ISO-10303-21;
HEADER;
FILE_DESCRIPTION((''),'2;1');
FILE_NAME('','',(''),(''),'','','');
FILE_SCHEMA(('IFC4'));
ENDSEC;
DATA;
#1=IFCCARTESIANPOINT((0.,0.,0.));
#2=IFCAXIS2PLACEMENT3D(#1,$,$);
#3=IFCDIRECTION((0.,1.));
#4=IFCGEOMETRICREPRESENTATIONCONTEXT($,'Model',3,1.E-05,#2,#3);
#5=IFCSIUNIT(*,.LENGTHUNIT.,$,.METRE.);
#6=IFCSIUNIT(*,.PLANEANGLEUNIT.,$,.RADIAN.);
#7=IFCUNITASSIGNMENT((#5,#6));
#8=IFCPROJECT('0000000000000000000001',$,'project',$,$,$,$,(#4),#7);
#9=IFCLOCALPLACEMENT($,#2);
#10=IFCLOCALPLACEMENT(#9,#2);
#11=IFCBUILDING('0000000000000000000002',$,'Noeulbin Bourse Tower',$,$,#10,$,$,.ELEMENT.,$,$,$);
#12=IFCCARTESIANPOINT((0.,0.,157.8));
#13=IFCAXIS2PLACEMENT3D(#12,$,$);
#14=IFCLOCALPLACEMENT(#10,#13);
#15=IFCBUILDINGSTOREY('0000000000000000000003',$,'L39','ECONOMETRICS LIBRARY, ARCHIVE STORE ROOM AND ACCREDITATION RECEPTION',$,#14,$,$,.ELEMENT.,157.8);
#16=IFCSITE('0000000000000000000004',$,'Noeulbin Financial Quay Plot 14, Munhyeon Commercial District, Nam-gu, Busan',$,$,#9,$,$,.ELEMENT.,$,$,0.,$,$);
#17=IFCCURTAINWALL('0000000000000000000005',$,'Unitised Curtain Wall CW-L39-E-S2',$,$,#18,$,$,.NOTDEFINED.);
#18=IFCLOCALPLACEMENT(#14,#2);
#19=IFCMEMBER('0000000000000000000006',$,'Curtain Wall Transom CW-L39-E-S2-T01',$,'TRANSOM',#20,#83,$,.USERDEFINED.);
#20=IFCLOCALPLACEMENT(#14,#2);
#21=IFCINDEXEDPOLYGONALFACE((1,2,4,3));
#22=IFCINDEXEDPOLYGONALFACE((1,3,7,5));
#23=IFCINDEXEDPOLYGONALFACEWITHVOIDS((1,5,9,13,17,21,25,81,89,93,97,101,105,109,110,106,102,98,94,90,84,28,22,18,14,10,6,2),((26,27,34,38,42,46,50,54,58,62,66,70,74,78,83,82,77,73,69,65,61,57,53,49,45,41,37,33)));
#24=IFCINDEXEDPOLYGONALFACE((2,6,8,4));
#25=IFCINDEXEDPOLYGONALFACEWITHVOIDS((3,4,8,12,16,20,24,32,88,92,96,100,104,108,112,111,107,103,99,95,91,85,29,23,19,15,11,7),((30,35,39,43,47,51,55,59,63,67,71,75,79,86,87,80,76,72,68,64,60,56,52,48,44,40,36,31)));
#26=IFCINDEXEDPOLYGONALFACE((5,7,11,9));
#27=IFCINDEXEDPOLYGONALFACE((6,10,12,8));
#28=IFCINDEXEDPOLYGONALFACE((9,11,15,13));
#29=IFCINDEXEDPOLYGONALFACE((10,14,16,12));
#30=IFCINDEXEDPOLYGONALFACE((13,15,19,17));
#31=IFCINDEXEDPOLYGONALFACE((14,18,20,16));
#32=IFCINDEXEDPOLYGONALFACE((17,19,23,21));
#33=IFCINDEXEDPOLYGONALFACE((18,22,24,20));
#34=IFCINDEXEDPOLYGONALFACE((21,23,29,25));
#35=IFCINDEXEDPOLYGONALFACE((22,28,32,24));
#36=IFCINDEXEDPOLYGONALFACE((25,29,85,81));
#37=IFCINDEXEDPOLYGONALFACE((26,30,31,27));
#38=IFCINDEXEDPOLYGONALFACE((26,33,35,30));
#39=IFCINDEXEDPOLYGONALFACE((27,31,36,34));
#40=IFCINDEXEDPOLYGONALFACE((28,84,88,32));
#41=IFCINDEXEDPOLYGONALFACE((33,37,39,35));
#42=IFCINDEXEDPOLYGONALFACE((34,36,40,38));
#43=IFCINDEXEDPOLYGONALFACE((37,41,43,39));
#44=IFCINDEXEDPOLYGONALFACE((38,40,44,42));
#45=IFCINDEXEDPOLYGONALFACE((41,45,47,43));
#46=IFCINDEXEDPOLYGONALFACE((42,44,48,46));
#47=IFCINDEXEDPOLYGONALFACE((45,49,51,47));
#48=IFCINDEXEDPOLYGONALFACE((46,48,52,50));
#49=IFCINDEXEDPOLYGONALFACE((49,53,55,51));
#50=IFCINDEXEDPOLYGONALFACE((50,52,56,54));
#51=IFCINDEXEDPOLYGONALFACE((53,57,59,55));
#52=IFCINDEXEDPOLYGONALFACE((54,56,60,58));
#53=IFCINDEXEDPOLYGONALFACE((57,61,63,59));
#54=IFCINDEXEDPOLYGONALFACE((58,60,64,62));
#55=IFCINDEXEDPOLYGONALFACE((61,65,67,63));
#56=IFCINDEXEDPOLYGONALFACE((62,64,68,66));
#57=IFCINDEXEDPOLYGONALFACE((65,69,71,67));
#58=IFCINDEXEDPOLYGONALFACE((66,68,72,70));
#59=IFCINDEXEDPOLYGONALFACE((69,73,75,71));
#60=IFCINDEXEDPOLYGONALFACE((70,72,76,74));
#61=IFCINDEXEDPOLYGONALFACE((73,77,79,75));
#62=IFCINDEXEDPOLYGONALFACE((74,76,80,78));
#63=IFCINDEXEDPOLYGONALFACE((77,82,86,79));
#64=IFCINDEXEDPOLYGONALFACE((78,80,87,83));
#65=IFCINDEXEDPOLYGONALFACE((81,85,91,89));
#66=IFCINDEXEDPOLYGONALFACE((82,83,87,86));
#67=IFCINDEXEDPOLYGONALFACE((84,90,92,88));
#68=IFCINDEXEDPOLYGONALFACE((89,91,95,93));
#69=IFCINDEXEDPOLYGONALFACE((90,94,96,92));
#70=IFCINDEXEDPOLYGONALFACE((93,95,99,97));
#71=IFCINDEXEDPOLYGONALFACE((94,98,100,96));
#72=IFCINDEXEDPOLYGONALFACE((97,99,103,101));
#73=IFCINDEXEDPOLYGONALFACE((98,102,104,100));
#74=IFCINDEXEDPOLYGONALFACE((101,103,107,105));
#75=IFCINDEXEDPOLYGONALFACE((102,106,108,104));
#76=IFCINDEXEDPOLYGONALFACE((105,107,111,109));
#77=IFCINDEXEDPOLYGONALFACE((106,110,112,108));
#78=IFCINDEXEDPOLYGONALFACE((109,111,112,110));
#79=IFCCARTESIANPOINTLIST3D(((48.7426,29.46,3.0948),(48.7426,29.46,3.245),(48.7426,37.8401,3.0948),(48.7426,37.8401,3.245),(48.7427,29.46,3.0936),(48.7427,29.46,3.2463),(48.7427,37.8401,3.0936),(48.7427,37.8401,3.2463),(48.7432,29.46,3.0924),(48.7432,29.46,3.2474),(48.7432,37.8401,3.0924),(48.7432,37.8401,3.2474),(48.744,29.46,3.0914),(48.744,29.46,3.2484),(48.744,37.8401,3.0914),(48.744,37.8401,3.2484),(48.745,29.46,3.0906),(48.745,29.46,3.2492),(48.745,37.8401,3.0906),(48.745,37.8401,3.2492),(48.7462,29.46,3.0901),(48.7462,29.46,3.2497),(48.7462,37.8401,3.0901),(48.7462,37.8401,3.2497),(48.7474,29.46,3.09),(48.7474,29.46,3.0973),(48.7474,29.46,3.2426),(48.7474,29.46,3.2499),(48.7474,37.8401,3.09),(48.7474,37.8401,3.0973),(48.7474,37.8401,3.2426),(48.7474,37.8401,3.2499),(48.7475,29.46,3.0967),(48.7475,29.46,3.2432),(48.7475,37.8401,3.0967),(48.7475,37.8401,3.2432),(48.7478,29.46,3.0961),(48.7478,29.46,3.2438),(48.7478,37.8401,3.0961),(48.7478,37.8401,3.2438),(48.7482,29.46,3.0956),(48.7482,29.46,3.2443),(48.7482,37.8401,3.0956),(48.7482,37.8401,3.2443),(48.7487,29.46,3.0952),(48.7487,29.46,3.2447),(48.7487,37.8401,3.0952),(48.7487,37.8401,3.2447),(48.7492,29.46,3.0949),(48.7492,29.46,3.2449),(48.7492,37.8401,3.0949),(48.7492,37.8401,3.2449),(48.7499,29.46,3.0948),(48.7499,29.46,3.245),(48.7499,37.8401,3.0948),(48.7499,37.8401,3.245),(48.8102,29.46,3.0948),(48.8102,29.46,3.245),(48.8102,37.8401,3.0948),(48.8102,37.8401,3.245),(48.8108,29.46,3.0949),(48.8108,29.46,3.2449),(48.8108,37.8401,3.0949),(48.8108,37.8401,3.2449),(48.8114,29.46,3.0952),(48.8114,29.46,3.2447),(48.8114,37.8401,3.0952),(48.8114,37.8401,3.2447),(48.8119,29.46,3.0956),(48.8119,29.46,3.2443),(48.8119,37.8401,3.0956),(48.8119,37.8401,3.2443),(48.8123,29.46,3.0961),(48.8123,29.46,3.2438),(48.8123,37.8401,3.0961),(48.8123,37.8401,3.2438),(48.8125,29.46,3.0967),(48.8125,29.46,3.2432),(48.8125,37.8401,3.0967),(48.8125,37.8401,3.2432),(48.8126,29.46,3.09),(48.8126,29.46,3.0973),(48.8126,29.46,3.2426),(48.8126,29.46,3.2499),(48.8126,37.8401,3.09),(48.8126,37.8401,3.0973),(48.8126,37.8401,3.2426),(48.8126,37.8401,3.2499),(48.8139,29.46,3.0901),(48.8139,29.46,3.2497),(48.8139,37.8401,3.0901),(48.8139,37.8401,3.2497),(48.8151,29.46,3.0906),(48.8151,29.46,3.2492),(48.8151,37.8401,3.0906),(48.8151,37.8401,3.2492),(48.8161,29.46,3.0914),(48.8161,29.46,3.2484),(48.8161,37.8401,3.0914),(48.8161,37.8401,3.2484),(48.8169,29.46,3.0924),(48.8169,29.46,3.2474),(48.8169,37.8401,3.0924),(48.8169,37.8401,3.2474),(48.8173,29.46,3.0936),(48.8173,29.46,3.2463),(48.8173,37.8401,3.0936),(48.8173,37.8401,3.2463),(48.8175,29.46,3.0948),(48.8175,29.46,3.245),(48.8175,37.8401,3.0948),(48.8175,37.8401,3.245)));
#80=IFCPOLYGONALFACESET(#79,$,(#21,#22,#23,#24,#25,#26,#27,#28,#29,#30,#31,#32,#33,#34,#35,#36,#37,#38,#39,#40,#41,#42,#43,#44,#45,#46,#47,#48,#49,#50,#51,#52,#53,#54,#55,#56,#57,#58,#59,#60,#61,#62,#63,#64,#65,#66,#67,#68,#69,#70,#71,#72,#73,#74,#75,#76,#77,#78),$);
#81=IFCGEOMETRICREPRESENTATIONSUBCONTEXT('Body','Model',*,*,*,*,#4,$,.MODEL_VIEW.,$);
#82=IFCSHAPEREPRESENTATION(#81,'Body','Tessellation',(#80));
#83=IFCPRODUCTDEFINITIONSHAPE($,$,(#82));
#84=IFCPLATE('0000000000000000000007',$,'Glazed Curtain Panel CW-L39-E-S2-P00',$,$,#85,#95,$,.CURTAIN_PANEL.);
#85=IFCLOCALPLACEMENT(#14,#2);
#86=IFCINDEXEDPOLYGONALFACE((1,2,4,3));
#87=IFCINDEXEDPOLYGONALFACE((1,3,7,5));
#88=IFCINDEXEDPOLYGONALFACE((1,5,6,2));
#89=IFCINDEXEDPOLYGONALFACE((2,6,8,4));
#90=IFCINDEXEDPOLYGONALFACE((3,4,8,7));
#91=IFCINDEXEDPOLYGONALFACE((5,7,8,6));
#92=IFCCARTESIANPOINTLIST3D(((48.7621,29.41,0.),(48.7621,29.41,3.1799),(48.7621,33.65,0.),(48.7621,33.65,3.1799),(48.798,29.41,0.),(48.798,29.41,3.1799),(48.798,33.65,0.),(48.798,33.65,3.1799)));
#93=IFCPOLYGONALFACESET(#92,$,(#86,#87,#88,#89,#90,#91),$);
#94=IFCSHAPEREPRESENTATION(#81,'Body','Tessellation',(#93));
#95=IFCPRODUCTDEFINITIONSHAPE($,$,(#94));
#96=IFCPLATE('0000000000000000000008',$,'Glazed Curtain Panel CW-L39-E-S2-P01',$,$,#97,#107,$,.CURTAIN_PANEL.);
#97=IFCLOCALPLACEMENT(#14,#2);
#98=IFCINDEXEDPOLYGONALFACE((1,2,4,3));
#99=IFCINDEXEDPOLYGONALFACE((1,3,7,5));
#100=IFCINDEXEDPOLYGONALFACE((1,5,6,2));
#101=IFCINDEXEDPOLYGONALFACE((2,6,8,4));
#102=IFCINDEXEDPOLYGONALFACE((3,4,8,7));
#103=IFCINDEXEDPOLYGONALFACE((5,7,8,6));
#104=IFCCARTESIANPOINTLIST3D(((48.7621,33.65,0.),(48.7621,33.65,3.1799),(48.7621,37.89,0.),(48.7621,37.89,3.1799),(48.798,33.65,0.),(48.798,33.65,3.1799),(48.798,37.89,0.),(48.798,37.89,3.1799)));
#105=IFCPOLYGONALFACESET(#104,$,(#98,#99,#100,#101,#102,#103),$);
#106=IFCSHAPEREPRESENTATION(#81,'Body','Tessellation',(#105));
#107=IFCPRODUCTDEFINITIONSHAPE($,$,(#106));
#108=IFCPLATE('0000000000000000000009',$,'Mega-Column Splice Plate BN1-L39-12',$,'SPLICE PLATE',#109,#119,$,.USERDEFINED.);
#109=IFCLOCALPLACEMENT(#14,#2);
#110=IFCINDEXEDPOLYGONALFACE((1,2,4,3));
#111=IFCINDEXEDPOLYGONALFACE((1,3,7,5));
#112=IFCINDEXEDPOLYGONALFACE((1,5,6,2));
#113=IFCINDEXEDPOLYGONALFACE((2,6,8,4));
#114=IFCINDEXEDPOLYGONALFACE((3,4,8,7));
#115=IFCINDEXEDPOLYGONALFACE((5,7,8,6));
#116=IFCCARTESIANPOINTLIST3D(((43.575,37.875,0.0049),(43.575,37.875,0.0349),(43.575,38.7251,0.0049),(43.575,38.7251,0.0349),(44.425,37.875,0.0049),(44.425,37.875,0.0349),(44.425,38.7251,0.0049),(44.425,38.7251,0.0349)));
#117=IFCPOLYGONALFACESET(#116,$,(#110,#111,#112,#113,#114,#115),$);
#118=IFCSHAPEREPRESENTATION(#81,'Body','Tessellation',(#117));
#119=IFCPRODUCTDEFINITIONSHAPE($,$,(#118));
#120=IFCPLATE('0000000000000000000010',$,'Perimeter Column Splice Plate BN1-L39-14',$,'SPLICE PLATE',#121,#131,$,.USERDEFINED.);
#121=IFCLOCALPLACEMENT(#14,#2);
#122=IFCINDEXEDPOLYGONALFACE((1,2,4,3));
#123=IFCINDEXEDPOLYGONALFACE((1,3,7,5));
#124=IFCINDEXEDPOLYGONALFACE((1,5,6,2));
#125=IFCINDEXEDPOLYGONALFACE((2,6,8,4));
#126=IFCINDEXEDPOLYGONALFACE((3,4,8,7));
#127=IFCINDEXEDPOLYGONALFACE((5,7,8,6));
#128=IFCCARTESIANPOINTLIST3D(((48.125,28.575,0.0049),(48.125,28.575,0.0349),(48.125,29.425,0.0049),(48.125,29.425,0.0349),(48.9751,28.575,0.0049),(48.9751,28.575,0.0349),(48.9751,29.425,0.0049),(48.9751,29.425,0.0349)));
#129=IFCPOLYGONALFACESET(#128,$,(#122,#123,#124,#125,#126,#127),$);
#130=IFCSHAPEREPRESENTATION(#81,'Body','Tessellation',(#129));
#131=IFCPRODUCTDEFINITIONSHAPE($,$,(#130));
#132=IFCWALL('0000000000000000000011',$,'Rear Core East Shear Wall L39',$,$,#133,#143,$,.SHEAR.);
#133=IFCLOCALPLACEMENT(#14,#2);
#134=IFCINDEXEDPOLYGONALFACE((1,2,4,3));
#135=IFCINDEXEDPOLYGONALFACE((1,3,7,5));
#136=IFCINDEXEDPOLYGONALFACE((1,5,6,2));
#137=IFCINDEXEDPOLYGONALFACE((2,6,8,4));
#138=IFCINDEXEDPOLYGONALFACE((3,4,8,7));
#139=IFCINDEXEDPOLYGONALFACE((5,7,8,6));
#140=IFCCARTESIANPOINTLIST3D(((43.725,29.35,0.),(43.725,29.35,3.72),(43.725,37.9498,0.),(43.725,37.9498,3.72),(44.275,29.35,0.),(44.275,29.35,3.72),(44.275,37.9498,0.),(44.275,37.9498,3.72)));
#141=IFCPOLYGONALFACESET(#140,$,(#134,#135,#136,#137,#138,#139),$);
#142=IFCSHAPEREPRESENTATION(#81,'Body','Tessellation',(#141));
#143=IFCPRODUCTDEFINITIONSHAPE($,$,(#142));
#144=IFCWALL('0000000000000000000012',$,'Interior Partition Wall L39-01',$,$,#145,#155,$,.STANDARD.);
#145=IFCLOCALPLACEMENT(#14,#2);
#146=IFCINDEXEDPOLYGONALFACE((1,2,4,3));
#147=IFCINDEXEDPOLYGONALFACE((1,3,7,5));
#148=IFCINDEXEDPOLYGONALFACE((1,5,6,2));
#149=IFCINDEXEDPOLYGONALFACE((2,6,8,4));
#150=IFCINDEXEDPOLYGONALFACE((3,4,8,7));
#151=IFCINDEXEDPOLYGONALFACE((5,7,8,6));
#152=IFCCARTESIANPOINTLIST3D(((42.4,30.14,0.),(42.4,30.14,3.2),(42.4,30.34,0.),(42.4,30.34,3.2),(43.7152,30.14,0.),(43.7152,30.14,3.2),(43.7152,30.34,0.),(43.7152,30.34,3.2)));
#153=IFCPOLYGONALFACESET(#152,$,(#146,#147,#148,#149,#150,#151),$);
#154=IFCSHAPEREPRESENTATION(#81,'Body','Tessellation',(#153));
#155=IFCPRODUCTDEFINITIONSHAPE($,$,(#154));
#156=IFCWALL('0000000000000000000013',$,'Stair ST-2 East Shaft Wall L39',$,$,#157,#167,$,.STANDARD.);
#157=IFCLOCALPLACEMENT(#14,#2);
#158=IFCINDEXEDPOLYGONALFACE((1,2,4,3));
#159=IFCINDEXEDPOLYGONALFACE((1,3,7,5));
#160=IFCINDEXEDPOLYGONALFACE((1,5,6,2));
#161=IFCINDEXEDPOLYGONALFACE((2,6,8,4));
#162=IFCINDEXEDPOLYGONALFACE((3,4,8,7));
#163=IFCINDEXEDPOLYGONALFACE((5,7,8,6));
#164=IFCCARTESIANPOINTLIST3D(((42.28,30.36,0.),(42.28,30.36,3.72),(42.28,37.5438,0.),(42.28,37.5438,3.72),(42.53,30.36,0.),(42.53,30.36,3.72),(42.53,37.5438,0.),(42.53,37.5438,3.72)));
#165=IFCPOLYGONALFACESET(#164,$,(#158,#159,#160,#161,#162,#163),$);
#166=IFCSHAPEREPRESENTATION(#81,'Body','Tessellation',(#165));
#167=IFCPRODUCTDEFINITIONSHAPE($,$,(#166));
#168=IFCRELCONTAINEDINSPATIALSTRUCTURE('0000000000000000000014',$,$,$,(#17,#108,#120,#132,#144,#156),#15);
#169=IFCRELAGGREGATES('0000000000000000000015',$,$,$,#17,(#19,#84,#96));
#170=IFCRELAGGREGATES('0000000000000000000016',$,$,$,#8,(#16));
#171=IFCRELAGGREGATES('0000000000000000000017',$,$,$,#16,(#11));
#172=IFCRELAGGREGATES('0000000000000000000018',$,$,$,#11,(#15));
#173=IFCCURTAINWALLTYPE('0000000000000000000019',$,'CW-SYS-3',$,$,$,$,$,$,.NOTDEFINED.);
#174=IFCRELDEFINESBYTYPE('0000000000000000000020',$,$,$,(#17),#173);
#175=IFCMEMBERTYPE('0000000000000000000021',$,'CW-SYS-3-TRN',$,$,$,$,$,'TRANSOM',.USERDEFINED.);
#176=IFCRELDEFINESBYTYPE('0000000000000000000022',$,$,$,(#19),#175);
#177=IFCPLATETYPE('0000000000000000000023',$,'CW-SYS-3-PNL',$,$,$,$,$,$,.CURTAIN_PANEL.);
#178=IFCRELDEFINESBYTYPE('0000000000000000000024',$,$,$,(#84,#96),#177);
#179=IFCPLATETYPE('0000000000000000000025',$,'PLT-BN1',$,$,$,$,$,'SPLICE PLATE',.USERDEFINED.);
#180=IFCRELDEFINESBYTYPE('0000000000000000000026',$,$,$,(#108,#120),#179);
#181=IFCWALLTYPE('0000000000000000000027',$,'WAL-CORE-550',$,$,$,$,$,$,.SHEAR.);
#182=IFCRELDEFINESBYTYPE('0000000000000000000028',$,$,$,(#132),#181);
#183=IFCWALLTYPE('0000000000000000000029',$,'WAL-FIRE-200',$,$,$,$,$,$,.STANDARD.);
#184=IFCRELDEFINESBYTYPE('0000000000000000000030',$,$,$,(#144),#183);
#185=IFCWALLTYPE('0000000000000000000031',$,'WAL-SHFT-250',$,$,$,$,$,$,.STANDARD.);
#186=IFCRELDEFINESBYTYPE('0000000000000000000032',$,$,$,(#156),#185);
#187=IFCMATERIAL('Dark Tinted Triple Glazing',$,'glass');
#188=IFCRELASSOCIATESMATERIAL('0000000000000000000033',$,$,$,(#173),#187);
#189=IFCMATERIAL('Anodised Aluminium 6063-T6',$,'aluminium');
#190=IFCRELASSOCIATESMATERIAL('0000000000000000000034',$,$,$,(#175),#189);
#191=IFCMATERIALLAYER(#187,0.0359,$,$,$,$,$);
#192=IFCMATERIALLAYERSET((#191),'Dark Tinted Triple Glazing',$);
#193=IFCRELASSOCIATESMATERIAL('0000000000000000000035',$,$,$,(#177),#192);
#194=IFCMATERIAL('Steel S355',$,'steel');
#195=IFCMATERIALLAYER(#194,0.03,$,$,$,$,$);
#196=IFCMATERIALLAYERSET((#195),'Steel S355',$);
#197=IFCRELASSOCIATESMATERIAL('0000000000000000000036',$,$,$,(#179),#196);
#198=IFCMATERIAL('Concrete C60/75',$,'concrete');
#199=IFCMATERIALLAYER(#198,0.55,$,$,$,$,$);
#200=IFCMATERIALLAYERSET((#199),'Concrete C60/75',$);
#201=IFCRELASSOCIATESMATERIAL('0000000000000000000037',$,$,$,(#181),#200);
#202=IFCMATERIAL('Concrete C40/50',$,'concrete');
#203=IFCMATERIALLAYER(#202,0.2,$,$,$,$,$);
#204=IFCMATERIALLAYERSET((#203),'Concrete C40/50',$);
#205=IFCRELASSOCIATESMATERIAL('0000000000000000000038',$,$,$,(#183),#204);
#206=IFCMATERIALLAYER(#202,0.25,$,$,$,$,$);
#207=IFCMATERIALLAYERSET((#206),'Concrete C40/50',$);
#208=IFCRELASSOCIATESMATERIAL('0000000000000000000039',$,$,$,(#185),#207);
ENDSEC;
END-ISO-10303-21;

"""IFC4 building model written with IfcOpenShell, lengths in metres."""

from ifc_helpers import new_model, si_unit, direction, frame, frame_2d, origin, origin_2d, place, context, subcontext, project, spatial, rectangle, hollow_rectangle, extrude, material, layer, layer_set, material_profile, profile_set, type_object, element, aggregate, save


model = new_model("IFC4")

# Units and contexts
model_context = context("Model", 3, precision=1e-05, world=origin(), true_north=direction((0.0, 1.0)))
body_context = subcontext(model_context, "Body", "Model", "MODEL_VIEW")
ifc_project = project(units=[si_unit("LENGTHUNIT", "METRE"), si_unit("PLANEANGLEUNIT", "RADIAN")], contexts=[model_context])

# Site, building, storey
site_placement = place(None, origin())
site = spatial("IfcSite", under=ifc_project, at=site_placement, Name="Noeulbin Financial Quay Plot 14, Munhyeon Commercial District, Nam-gu, Busan", CompositionType="ELEMENT", RefElevation=0.0)
building_placement = place(site_placement, origin())
building = spatial("IfcBuilding", under=site, at=building_placement, Name="Noeulbin Bourse Tower", CompositionType="ELEMENT")
storey_placement = place(building_placement, frame((0.0, 0.0, 157.8)))
storey = spatial("IfcBuildingStorey", under=building, at=storey_placement, Name="L39", Description="ECONOMETRICS LIBRARY, ARCHIVE STORE ROOM AND ACCREDITATION RECEPTION", CompositionType="ELEMENT", Elevation=157.8)

# Shared definitions
ifc_material_1 = material(Name="Steel S355", Category="steel")

# Curtain wall, member, plates
ifc_material_2 = material(Name="Dark Tinted Triple Glazing", Category="glass")
curtain_wall_type = type_object("IfcCurtainWallType", Name="CW-SYS-3", PredefinedType="NOTDEFINED", material=ifc_material_2)
curtain_wall_placement = place(storey_placement, origin())
curtain_wall = element("IfcCurtainWall", 1, at=curtain_wall_placement, inside=storey, type_object=curtain_wall_type, Name="Unitised Curtain Wall CW-L39-E-S2", PredefinedType="NOTDEFINED")
ifc_material_3 = material(Name="Anodised Aluminium 6063-T6", Category="aluminium")
ifc_material_profile_1 = material_profile(ifc_material_3, hollow_rectangle(XDim=0.075, YDim=0.1599, WallThickness=0.0049, InnerFilletRadius=0.0024, OuterFilletRadius=0.0049, at=origin_2d()), Name="ALU-TRAN-75x160x5", Category="LoadBearing")
ifc_profile_set_1 = profile_set([ifc_material_profile_1], Name="Anodised Aluminium 6063-T6")
member_type_1 = type_object("IfcMemberType", Name="CW-SYS-3-TRN", ElementType="TRANSOM", PredefinedType="USERDEFINED", material=ifc_profile_set_1)
member_1_placement = place(storey_placement, frame((48.78, 29.46, 3.1699), z_axis=(0.0, 1.0, 0.0), x_axis=(-1.0, 0.0, 0.0)))
member_1 = element("IfcMember", 2, at=member_1_placement, type_object=member_type_1, Name="Curtain Wall Transom CW-L39-E-S2-T01", ObjectType="TRANSOM", PredefinedType="USERDEFINED", context=body_context, shape_type="SweptSolid", body=[
    extrude(hollow_rectangle(XDim=0.075, YDim=0.1599, WallThickness=0.0049, InnerFilletRadius=0.0024, OuterFilletRadius=0.0049, at=origin_2d()), origin(), (0.0, 0.0, 1.0), 8.3801),
])
ifc_layer_1 = layer(ifc_material_2, 0.0359)
ifc_layer_set_1 = layer_set([ifc_layer_1], Name="Dark Tinted Triple Glazing")
plate_type_1 = type_object("IfcPlateType", Name="CW-SYS-3-PNL", PredefinedType="CURTAIN_PANEL", material=ifc_layer_set_1)
plate_1_placement = place(storey_placement, frame((48.78, 31.53, 0.0), z_axis=(0.0, 0.0, 1.0), x_axis=(0.0, 1.0, 0.0)))
plate_1 = element("IfcPlate", 3, at=plate_1_placement, type_object=plate_type_1, Name="Glazed Curtain Panel CW-L39-E-S2-P00", PredefinedType="CURTAIN_PANEL", context=body_context, shape_type="SweptSolid", body=[
    extrude(rectangle(XDim=4.24, YDim=0.0359, at=origin_2d()), origin(), (0.0, 0.0, 1.0), 3.1799),
])
plate_2_placement = place(storey_placement, frame((48.78, 35.77, 0.0), z_axis=(0.0, 0.0, 1.0), x_axis=(0.0, 1.0, 0.0)))
plate_2 = element("IfcPlate", 4, at=plate_2_placement, type_object=plate_type_1, Name="Glazed Curtain Panel CW-L39-E-S2-P01", PredefinedType="CURTAIN_PANEL", context=body_context, shape_type="SweptSolid", body=[
    extrude(rectangle(XDim=4.24, YDim=0.0359, at=origin_2d()), origin(), (0.0, 0.0, 1.0), 3.1799),
])
aggregate(curtain_wall, [member_1, plate_1, plate_2])

# Plates
ifc_layer_2 = layer(ifc_material_1, 0.03)
ifc_layer_set_2 = layer_set([ifc_layer_2], Name="Steel S355")
plate_type_2 = type_object("IfcPlateType", Name="PLT-BN1", ElementType="SPLICE PLATE", PredefinedType="USERDEFINED", material=ifc_layer_set_2)
for number, where, z_axis, x_axis, name in (
    (5, (44.0, 38.3, 0.0049), (0.0, 0.0, 1.0), (1.0, 0.0, 0.0), "Mega-Column Splice Plate BN1-L39-12"),
    (6, (48.55, 29.0, 0.0049), (0.0, 0.0, 1.0), (1.0, 0.0, 0.0), "Perimeter Column Splice Plate BN1-L39-14"),
):
    element("IfcPlate", number, at=place(storey_placement, frame(where, z_axis=z_axis, x_axis=x_axis)), inside=storey, type_object=plate_type_2, Name=name, ObjectType="SPLICE PLATE", PredefinedType="USERDEFINED", context=body_context, shape_type="SweptSolid", body=[
        extrude(rectangle(XDim=0.8501, YDim=0.8501, at=origin_2d()), origin(), (0.0, 0.0, 1.0), 0.03),
    ])

# Walls
ifc_material_4 = material(Name="Concrete C60/75", Category="concrete")
ifc_layer_3 = layer(ifc_material_4, 0.55)
ifc_layer_set_3 = layer_set([ifc_layer_3], Name="Concrete C60/75")
wall_type_1 = type_object("IfcWallType", Name="WAL-CORE-550", PredefinedType="SHEAR", material=ifc_layer_set_3)
wall_1_placement = place(storey_placement, frame((44.0, 29.3501, 0.0), z_axis=(0.0, 0.0, 1.0), x_axis=(0.0, 1.0, 0.0)))
element("IfcWall", 7, at=wall_1_placement, inside=storey, type_object=wall_type_1, Name="Rear Core East Shear Wall L39", PredefinedType="SHEAR", context=body_context, shape_type="SweptSolid", body=[
    extrude(rectangle(XDim=8.5999, YDim=0.55, at=frame_2d((4.2998, 0.0))), origin(), (0.0, 0.0, 1.0), 3.72),
])
ifc_material_5 = material(Name="Concrete C40/50", Category="concrete")
ifc_layer_4 = layer(ifc_material_5, 0.2)
ifc_layer_set_4 = layer_set([ifc_layer_4], Name="Concrete C40/50")
wall_type_2 = type_object("IfcWallType", Name="WAL-FIRE-200", PredefinedType="STANDARD", material=ifc_layer_set_4)
wall_2_placement = place(storey_placement, frame((42.3999, 30.24, 0.0), z_axis=(0.0, 0.0, 1.0), x_axis=(1.0, 0.0, 0.0)))
element("IfcWall", 8, at=wall_2_placement, inside=storey, type_object=wall_type_2, Name="Interior Partition Wall L39-01", PredefinedType="STANDARD", context=body_context, shape_type="SweptSolid", body=[
    extrude(rectangle(XDim=1.3152, YDim=0.2, at=frame_2d((0.6577, 0.0))), origin(), (0.0, 0.0, 1.0), 3.2),
])
ifc_layer_5 = layer(ifc_material_5, 0.25)
ifc_layer_set_5 = layer_set([ifc_layer_5], Name="Concrete C40/50")
wall_type_3 = type_object("IfcWallType", Name="WAL-SHFT-250", PredefinedType="STANDARD", material=ifc_layer_set_5)
wall_3_placement = place(storey_placement, frame((42.405, 30.3601, 0.0), z_axis=(0.0, 0.0, 1.0), x_axis=(0.0, 1.0, 0.0)))
element("IfcWall", 9, at=wall_3_placement, inside=storey, type_object=wall_type_3, Name="Stair ST-2 East Shaft Wall L39", PredefinedType="STANDARD", context=body_context, shape_type="SweptSolid", body=[
    extrude(rectangle(XDim=7.1838, YDim=0.25, at=frame_2d((3.5918, 0.0))), origin(), (0.0, 0.0, 1.0), 3.72),
])

save(model, "model.ifc")
